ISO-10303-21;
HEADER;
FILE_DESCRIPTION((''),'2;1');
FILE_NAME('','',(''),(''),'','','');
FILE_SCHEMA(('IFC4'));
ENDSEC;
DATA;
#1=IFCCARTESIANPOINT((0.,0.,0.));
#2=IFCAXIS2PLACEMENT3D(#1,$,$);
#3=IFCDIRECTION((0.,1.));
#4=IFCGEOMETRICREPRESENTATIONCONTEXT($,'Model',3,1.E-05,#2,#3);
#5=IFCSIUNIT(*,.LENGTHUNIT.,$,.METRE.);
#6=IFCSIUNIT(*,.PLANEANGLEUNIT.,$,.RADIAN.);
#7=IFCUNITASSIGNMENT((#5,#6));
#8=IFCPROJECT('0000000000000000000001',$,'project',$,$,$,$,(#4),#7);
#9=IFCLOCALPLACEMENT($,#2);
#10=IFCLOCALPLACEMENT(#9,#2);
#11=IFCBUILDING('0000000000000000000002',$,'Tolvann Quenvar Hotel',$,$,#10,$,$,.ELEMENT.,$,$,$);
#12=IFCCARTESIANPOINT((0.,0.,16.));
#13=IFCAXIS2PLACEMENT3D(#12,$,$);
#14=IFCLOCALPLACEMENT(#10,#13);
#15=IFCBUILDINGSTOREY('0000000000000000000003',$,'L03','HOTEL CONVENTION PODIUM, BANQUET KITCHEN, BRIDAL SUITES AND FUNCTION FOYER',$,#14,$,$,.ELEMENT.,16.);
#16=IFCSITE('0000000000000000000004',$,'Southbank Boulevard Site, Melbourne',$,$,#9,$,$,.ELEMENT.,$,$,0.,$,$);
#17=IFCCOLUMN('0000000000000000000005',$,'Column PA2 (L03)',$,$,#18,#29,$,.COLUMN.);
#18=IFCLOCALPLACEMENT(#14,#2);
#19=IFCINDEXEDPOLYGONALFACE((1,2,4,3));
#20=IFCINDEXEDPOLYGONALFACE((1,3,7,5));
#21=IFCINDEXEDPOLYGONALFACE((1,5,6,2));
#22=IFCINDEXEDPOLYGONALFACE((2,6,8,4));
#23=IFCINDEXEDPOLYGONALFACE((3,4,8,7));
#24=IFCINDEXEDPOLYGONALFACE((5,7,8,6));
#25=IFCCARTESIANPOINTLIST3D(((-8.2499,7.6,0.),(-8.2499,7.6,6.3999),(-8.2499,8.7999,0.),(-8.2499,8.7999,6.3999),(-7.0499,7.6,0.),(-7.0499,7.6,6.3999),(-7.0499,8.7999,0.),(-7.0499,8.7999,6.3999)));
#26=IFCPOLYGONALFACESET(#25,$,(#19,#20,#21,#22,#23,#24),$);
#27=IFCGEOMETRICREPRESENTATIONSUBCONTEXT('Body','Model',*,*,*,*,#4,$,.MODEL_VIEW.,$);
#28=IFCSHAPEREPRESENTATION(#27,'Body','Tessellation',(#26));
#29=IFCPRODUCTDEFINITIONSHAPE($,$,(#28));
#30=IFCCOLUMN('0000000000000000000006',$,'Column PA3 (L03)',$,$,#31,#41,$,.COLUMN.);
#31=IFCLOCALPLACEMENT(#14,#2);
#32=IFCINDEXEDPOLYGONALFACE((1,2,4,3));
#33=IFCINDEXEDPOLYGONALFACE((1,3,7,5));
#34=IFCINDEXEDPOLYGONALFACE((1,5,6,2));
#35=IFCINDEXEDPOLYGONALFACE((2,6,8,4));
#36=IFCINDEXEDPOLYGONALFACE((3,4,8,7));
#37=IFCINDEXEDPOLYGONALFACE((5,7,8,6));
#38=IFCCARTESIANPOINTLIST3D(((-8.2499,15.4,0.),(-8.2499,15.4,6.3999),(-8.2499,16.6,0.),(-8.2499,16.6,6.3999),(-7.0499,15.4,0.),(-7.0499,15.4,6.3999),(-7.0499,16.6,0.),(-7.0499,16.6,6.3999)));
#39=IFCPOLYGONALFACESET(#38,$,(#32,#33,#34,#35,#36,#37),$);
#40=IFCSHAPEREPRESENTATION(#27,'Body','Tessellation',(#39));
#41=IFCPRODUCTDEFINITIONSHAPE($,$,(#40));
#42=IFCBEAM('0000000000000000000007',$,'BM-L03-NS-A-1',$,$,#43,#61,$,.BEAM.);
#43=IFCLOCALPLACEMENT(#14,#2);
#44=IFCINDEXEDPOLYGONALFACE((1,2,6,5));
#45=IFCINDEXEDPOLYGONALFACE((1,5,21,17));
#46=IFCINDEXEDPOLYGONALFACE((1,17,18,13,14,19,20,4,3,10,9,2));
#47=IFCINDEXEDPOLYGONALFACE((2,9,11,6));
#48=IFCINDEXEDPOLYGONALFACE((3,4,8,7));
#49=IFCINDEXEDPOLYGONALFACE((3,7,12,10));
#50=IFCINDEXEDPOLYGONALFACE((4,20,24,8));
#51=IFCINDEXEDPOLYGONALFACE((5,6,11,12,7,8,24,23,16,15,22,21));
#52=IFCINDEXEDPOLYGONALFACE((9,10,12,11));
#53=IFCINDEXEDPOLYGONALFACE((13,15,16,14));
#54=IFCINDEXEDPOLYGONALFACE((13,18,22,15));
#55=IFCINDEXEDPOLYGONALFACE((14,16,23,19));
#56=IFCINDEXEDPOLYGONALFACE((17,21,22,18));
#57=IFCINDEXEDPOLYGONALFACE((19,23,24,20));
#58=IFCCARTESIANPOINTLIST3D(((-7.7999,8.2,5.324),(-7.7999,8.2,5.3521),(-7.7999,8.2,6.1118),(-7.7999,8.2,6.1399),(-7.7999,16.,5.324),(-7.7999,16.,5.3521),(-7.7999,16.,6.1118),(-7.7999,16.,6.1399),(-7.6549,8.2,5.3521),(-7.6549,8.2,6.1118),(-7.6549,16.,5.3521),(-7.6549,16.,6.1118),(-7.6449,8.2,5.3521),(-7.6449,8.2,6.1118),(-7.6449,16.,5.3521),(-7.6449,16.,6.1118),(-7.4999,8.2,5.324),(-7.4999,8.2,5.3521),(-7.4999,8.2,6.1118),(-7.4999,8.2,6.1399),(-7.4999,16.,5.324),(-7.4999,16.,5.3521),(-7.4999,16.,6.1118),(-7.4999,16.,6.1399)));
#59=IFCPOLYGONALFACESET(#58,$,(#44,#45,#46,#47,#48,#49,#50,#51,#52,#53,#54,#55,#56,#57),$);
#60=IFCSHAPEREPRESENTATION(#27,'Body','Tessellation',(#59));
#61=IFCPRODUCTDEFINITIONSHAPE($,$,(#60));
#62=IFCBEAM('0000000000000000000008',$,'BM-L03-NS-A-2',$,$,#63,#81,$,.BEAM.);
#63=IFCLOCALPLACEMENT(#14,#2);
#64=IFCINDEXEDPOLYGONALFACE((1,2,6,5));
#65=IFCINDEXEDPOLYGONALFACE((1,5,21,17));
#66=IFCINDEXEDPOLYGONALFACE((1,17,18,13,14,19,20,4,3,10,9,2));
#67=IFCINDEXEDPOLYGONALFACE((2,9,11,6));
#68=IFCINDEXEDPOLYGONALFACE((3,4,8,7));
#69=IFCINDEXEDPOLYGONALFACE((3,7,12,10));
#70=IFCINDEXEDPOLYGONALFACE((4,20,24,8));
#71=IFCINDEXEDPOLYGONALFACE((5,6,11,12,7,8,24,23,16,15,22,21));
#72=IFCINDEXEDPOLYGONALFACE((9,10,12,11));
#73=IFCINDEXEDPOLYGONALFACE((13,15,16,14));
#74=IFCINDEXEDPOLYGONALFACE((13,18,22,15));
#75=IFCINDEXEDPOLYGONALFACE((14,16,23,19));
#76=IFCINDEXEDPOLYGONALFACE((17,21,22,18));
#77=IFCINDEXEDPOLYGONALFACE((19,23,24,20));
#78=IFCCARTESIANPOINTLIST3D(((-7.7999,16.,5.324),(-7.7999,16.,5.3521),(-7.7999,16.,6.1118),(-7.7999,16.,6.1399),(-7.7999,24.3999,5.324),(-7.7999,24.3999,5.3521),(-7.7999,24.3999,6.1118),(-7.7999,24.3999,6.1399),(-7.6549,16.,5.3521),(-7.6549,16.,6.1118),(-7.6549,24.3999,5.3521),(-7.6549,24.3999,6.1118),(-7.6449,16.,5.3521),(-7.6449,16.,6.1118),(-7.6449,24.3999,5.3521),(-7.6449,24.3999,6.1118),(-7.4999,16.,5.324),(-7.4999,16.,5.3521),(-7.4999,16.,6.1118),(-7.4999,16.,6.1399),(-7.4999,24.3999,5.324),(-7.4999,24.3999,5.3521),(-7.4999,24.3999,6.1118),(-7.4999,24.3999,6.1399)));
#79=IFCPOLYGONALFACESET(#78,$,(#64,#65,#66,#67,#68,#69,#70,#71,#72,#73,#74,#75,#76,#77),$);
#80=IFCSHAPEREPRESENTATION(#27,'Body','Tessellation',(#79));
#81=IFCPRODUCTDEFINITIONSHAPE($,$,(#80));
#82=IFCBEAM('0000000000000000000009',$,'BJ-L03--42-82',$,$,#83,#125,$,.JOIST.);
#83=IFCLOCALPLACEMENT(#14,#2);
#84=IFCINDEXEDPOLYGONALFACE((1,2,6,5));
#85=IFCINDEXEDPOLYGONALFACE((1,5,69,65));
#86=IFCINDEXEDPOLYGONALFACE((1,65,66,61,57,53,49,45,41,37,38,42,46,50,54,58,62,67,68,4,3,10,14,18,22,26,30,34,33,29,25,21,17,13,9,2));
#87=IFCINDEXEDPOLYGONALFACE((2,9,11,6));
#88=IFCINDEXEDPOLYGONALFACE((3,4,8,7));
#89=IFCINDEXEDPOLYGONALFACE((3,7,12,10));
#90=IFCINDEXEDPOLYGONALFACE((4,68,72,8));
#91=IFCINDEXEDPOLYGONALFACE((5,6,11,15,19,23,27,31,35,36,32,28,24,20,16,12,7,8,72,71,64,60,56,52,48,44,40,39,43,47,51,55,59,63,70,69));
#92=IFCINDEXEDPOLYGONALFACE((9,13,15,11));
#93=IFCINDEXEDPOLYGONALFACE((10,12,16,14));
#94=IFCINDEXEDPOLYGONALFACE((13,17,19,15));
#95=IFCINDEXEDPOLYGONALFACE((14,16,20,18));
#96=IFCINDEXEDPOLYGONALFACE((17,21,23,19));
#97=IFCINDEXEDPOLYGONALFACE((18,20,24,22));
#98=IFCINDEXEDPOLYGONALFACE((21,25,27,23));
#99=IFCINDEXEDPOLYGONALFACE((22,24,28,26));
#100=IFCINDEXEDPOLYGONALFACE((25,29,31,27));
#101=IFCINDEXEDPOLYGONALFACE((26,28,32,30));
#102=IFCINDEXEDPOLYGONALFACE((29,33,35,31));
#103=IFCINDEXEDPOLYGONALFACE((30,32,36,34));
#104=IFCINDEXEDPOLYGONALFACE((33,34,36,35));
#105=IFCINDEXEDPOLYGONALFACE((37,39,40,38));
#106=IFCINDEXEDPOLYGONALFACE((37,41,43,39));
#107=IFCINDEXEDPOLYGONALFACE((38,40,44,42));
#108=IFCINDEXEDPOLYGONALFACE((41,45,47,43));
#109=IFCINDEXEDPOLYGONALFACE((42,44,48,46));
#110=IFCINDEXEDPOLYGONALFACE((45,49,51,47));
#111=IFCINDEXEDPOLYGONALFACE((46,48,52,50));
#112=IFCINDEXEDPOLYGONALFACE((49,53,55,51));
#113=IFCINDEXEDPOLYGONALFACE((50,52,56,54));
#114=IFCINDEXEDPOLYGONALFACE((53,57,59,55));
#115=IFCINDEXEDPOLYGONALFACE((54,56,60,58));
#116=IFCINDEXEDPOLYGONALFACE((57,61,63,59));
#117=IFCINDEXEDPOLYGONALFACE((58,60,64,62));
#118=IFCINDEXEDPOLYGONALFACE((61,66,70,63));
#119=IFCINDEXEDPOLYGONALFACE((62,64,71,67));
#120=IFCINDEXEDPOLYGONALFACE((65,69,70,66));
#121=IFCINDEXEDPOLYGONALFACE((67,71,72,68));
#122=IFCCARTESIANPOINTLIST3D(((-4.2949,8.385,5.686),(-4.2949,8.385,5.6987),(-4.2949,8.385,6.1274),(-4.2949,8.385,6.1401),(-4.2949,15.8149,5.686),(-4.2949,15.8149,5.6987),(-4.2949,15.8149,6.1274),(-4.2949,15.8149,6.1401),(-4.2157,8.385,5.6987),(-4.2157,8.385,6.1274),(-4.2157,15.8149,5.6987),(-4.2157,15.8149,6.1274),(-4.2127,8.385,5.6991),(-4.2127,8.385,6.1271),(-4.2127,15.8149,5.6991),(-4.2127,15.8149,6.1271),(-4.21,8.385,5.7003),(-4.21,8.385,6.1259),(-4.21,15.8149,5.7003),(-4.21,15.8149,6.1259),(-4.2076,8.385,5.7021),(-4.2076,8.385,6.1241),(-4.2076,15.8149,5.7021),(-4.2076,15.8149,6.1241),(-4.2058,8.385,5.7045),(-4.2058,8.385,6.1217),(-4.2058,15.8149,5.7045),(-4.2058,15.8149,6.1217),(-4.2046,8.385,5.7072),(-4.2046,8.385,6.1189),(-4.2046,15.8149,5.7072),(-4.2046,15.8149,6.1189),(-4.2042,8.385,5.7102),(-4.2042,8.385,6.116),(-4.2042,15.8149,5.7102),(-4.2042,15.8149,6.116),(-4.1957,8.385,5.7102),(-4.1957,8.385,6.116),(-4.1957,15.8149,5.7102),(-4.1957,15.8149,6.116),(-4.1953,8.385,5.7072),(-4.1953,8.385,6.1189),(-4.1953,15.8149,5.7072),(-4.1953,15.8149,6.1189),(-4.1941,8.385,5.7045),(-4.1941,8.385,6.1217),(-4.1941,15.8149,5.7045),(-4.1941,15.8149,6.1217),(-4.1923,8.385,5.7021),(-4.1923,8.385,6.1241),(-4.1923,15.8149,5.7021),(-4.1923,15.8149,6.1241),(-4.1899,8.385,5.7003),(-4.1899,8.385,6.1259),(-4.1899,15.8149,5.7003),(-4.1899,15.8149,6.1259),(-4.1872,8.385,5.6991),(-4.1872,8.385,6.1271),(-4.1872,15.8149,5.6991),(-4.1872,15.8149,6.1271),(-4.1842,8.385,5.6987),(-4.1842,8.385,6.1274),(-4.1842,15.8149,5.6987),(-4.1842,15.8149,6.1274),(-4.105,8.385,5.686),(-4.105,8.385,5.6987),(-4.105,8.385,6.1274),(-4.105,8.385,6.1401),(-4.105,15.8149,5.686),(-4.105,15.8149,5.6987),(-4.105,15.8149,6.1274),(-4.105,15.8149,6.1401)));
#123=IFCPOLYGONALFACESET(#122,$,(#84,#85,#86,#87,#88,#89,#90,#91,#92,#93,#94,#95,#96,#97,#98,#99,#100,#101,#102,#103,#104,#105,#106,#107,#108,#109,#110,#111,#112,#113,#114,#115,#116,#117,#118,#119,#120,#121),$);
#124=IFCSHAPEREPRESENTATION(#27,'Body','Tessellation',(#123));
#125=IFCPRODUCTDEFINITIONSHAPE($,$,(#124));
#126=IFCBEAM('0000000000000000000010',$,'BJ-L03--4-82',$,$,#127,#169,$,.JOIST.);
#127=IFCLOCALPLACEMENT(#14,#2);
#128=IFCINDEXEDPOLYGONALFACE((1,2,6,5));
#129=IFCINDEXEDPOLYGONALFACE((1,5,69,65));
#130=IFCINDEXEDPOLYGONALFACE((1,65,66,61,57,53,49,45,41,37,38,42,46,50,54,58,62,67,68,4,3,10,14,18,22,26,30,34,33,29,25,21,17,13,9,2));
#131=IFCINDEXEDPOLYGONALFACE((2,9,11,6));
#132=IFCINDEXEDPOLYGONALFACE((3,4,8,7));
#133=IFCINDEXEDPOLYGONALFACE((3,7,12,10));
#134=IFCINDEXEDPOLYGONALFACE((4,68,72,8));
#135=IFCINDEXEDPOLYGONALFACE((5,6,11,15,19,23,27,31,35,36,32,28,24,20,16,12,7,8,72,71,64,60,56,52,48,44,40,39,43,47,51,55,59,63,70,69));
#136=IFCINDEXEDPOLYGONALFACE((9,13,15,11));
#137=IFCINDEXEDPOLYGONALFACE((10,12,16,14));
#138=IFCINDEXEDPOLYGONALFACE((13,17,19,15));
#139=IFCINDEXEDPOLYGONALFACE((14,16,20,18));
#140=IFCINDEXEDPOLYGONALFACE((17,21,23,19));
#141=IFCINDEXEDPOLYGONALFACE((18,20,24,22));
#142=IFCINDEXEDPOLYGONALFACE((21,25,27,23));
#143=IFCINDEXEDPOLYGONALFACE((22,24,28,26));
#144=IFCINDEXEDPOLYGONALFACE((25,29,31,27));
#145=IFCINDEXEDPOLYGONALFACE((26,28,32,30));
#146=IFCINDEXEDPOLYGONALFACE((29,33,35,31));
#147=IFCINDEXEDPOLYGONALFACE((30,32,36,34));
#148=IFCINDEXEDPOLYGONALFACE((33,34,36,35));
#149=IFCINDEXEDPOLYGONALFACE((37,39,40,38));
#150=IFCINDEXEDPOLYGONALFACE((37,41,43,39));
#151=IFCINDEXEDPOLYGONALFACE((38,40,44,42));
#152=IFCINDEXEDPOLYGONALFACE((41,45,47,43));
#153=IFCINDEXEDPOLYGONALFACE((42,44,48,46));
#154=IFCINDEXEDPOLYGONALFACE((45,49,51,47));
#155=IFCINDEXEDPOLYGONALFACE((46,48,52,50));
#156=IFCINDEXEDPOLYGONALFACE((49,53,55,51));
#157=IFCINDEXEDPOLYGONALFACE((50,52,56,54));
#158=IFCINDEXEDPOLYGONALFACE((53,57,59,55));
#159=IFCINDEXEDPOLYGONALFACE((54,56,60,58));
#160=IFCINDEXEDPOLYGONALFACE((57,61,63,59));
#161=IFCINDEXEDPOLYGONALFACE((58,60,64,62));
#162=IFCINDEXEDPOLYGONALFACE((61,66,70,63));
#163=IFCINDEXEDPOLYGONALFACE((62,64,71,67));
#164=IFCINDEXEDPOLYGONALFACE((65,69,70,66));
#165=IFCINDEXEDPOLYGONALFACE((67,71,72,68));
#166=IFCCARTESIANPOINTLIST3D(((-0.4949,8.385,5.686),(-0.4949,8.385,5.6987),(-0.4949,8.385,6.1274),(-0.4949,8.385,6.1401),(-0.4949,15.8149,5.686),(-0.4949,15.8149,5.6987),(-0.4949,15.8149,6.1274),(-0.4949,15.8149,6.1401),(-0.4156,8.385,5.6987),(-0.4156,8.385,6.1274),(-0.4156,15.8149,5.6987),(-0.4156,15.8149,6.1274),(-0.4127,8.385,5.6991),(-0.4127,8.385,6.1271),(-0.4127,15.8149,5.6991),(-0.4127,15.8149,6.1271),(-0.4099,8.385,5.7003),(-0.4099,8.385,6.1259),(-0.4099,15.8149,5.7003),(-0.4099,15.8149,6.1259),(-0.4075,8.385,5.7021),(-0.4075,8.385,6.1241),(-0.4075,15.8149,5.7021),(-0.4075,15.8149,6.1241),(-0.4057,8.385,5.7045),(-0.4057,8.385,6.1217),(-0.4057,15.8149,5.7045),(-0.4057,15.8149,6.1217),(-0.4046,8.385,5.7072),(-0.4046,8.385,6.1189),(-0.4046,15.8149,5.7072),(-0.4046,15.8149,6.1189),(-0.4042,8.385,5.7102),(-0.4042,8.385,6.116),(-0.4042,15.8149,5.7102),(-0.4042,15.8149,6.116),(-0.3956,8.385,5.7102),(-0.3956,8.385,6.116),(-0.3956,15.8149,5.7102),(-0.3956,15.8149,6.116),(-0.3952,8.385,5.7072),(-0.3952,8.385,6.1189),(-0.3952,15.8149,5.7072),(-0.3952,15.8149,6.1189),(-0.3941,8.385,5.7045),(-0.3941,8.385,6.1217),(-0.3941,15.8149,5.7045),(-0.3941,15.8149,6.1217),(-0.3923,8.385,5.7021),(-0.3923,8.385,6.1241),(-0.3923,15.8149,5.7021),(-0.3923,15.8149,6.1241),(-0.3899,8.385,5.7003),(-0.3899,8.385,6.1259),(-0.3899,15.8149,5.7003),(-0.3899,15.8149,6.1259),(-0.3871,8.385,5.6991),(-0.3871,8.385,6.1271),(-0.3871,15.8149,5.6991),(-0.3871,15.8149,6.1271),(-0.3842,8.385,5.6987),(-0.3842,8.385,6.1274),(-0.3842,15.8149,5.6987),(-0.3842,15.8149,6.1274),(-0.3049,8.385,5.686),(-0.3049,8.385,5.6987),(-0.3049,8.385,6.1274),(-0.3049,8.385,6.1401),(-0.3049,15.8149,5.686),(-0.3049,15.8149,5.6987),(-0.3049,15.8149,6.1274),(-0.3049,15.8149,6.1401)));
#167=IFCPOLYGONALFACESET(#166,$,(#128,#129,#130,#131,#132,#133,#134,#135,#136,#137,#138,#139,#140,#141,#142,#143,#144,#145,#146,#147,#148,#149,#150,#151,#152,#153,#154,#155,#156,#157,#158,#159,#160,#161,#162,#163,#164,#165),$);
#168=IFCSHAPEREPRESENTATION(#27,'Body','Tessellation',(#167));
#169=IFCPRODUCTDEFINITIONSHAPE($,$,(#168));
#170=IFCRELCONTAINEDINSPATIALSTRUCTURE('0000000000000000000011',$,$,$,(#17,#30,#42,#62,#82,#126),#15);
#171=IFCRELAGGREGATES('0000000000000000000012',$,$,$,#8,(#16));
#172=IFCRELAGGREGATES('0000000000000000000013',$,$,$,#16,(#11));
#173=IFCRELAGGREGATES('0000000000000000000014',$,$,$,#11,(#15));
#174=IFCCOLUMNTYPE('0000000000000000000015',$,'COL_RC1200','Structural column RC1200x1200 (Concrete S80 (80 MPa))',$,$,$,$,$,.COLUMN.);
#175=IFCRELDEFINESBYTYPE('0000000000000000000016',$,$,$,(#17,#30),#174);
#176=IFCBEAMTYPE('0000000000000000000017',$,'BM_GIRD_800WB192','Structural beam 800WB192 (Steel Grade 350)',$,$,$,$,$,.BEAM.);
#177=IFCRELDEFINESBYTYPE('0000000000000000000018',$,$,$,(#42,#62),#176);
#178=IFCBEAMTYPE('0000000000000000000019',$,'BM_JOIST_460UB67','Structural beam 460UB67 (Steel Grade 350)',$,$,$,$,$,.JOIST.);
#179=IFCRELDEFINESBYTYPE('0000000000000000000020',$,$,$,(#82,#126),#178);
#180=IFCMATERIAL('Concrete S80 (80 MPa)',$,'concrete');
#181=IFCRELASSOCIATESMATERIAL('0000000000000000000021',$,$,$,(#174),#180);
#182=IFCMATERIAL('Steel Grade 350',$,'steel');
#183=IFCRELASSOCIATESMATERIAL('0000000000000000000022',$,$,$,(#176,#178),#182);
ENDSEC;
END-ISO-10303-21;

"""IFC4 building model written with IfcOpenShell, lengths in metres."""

from ifc_helpers import new_model, si_unit, direction, frame, origin, origin_2d, place, context, subcontext, project, spatial, rectangle, i_section, extrude, source, transform, mapped, material, material_profile, profile_set, type_object, type_shapes, element, save


model = new_model("IFC4")

# Units and contexts
model_context = context("Model", 3, precision=1e-05, world=origin(), true_north=direction((0.0, 1.0)))
body_context = subcontext(model_context, "Body", "Model", "MODEL_VIEW")
ifc_project = project(units=[si_unit("LENGTHUNIT", "METRE"), si_unit("PLANEANGLEUNIT", "RADIAN")], contexts=[model_context])

# Site, building, storey
site_placement = place(None, origin())
site = spatial("IfcSite", under=ifc_project, at=site_placement, Name="Southbank Boulevard Site, Melbourne", CompositionType="ELEMENT", RefElevation=0.0)
building_placement = place(site_placement, origin())
building = spatial("IfcBuilding", under=site, at=building_placement, Name="Tolvann Quenvar Hotel", CompositionType="ELEMENT")
storey_placement = place(building_placement, frame((0.0, 0.0, 16.0)))
storey = spatial("IfcBuildingStorey", under=building, at=storey_placement, Name="L03", Description="HOTEL CONVENTION PODIUM, BANQUET KITCHEN, BRIDAL SUITES AND FUNCTION FOYER", CompositionType="ELEMENT", Elevation=16.0)

# Columns
ifc_material_1 = material(Name="Concrete S80 (80 MPa)", Category="concrete")
ifc_material_profile_1 = material_profile(ifc_material_1, rectangle(XDim=1.2, YDim=1.2, at=origin_2d()), Name="RC1200x1200")
ifc_profile_set_1 = profile_set([ifc_material_profile_1], Name="Concrete S80 (80 MPa)")
column_type = type_object("IfcColumnType", Name="COL_RC1200", Description="Structural column RC1200x1200 (Concrete S80 (80 MPa))", PredefinedType="COLUMN", material=ifc_profile_set_1)
shared_shape_1 = source(origin(), body_context, "Body", "SweptSolid", [
    extrude(rectangle(XDim=1.2, YDim=1.2, at=origin_2d()), origin(), (0.0, 0.0, 1.0), 6.3999),
])
type_shapes(column_type, [shared_shape_1])
for number, where, z_axis, x_axis, name in (
    (1, (-7.6499, 8.2, 0.0), (0.0, 0.0, 1.0), (1.0, 0.0, 0.0), "Column PA2 (L03)"),
    (2, (-7.6499, 16.0, 0.0), (0.0, 0.0, 1.0), (1.0, 0.0, 0.0), "Column PA3 (L03)"),
):
    element("IfcColumn", number, at=place(storey_placement, frame(where, z_axis=z_axis, x_axis=x_axis)), inside=storey, type_object=column_type, Name=name, PredefinedType="COLUMN", context=body_context, shape_type="MappedRepresentation", body=[
        mapped(shared_shape_1, transform((0.0, 0.0, 0.0), x_axis=(1.0, 0.0, 0.0), y_axis=(0.0, 1.0, 0.0), z_axis=(0.0, 0.0, 1.0), scale=1.0)),
    ])

# Beams
ifc_material_2 = material(Name="Steel Grade 350", Category="steel")
ifc_material_profile_2 = material_profile(ifc_material_2, i_section(OverallWidth=0.3, OverallDepth=0.8159, WebThickness=0.01, FlangeThickness=0.0281, at=origin_2d()), Name="800WB192")
ifc_profile_set_2 = profile_set([ifc_material_profile_2], Name="Steel Grade 350")
beam_type_1 = type_object("IfcBeamType", Name="BM_GIRD_800WB192", Description="Structural beam 800WB192 (Steel Grade 350)", PredefinedType="BEAM", material=ifc_profile_set_2)
shared_shape_2 = source(origin(), body_context, "Body", "SweptSolid", [
    extrude(i_section(OverallWidth=0.3, OverallDepth=0.8159, WebThickness=0.01, FlangeThickness=0.0281, at=origin_2d()), origin(), (0.0, 0.0, 1.0), 7.8),
])
beam_1_placement = place(storey_placement, frame((-7.6499, 8.2, 5.7319), z_axis=(0.0, 1.0, 0.0), x_axis=(-1.0, 0.0, 0.0)))
element("IfcBeam", 3, at=beam_1_placement, inside=storey, type_object=beam_type_1, Name="BM-L03-NS-A-1", PredefinedType="BEAM", context=body_context, shape_type="MappedRepresentation", body=[
    mapped(shared_shape_2, transform((0.0, 0.0, 0.0), x_axis=(1.0, 0.0, 0.0), y_axis=(0.0, 1.0, 0.0), z_axis=(0.0, 0.0, 1.0), scale=1.0)),
])
shared_shape_3 = source(origin(), body_context, "Body", "SweptSolid", [
    extrude(i_section(OverallWidth=0.3, OverallDepth=0.8159, WebThickness=0.01, FlangeThickness=0.0281, at=origin_2d()), origin(), (0.0, 0.0, 1.0), 8.3999),
])
type_shapes(beam_type_1, [shared_shape_2, shared_shape_3])
beam_2_placement = place(storey_placement, frame((-7.6499, 16.0, 5.7319), z_axis=(0.0, 1.0, 0.0), x_axis=(-1.0, 0.0, 0.0)))
element("IfcBeam", 4, at=beam_2_placement, inside=storey, type_object=beam_type_1, Name="BM-L03-NS-A-2", PredefinedType="BEAM", context=body_context, shape_type="MappedRepresentation", body=[
    mapped(shared_shape_3, transform((0.0, 0.0, 0.0), x_axis=(1.0, 0.0, 0.0), y_axis=(0.0, 1.0, 0.0), z_axis=(0.0, 0.0, 1.0), scale=1.0)),
])
ifc_material_profile_3 = material_profile(ifc_material_2, i_section(OverallWidth=0.1899, OverallDepth=0.4541, WebThickness=0.0085, FlangeThickness=0.0127, FilletRadius=0.0115, at=origin_2d()), Name="460UB67")
ifc_profile_set_3 = profile_set([ifc_material_profile_3], Name="Steel Grade 350")
beam_type_2 = type_object("IfcBeamType", Name="BM_JOIST_460UB67", Description="Structural beam 460UB67 (Steel Grade 350)", PredefinedType="JOIST", material=ifc_profile_set_3)
shared_shape_4 = source(origin(), body_context, "Body", "SweptSolid", [
    extrude(i_section(OverallWidth=0.1899, OverallDepth=0.4541, WebThickness=0.0085, FlangeThickness=0.0127, FilletRadius=0.0115, at=origin_2d()), origin(), (0.0, 0.0, 1.0), 7.4299),
])
for number, where, z_axis, x_axis, name in (
    (5, (-4.2, 8.385, 5.9131), (0.0, 1.0, 0.0), (-1.0, 0.0, 0.0), "BJ-L03--42-82"),
    (6, (-0.3999, 8.385, 5.9131), (0.0, 1.0, 0.0), (-1.0, 0.0, 0.0), "BJ-L03--4-82"),
):
    element("IfcBeam", number, at=place(storey_placement, frame(where, z_axis=z_axis, x_axis=x_axis)), inside=storey, type_object=beam_type_2, Name=name, PredefinedType="JOIST", context=body_context, shape_type="MappedRepresentation", body=[
        mapped(shared_shape_4, transform((0.0, 0.0, 0.0), x_axis=(1.0, 0.0, 0.0), y_axis=(0.0, 1.0, 0.0), z_axis=(0.0, 0.0, 1.0), scale=1.0)),
    ])

save(model, "model.ifc")
